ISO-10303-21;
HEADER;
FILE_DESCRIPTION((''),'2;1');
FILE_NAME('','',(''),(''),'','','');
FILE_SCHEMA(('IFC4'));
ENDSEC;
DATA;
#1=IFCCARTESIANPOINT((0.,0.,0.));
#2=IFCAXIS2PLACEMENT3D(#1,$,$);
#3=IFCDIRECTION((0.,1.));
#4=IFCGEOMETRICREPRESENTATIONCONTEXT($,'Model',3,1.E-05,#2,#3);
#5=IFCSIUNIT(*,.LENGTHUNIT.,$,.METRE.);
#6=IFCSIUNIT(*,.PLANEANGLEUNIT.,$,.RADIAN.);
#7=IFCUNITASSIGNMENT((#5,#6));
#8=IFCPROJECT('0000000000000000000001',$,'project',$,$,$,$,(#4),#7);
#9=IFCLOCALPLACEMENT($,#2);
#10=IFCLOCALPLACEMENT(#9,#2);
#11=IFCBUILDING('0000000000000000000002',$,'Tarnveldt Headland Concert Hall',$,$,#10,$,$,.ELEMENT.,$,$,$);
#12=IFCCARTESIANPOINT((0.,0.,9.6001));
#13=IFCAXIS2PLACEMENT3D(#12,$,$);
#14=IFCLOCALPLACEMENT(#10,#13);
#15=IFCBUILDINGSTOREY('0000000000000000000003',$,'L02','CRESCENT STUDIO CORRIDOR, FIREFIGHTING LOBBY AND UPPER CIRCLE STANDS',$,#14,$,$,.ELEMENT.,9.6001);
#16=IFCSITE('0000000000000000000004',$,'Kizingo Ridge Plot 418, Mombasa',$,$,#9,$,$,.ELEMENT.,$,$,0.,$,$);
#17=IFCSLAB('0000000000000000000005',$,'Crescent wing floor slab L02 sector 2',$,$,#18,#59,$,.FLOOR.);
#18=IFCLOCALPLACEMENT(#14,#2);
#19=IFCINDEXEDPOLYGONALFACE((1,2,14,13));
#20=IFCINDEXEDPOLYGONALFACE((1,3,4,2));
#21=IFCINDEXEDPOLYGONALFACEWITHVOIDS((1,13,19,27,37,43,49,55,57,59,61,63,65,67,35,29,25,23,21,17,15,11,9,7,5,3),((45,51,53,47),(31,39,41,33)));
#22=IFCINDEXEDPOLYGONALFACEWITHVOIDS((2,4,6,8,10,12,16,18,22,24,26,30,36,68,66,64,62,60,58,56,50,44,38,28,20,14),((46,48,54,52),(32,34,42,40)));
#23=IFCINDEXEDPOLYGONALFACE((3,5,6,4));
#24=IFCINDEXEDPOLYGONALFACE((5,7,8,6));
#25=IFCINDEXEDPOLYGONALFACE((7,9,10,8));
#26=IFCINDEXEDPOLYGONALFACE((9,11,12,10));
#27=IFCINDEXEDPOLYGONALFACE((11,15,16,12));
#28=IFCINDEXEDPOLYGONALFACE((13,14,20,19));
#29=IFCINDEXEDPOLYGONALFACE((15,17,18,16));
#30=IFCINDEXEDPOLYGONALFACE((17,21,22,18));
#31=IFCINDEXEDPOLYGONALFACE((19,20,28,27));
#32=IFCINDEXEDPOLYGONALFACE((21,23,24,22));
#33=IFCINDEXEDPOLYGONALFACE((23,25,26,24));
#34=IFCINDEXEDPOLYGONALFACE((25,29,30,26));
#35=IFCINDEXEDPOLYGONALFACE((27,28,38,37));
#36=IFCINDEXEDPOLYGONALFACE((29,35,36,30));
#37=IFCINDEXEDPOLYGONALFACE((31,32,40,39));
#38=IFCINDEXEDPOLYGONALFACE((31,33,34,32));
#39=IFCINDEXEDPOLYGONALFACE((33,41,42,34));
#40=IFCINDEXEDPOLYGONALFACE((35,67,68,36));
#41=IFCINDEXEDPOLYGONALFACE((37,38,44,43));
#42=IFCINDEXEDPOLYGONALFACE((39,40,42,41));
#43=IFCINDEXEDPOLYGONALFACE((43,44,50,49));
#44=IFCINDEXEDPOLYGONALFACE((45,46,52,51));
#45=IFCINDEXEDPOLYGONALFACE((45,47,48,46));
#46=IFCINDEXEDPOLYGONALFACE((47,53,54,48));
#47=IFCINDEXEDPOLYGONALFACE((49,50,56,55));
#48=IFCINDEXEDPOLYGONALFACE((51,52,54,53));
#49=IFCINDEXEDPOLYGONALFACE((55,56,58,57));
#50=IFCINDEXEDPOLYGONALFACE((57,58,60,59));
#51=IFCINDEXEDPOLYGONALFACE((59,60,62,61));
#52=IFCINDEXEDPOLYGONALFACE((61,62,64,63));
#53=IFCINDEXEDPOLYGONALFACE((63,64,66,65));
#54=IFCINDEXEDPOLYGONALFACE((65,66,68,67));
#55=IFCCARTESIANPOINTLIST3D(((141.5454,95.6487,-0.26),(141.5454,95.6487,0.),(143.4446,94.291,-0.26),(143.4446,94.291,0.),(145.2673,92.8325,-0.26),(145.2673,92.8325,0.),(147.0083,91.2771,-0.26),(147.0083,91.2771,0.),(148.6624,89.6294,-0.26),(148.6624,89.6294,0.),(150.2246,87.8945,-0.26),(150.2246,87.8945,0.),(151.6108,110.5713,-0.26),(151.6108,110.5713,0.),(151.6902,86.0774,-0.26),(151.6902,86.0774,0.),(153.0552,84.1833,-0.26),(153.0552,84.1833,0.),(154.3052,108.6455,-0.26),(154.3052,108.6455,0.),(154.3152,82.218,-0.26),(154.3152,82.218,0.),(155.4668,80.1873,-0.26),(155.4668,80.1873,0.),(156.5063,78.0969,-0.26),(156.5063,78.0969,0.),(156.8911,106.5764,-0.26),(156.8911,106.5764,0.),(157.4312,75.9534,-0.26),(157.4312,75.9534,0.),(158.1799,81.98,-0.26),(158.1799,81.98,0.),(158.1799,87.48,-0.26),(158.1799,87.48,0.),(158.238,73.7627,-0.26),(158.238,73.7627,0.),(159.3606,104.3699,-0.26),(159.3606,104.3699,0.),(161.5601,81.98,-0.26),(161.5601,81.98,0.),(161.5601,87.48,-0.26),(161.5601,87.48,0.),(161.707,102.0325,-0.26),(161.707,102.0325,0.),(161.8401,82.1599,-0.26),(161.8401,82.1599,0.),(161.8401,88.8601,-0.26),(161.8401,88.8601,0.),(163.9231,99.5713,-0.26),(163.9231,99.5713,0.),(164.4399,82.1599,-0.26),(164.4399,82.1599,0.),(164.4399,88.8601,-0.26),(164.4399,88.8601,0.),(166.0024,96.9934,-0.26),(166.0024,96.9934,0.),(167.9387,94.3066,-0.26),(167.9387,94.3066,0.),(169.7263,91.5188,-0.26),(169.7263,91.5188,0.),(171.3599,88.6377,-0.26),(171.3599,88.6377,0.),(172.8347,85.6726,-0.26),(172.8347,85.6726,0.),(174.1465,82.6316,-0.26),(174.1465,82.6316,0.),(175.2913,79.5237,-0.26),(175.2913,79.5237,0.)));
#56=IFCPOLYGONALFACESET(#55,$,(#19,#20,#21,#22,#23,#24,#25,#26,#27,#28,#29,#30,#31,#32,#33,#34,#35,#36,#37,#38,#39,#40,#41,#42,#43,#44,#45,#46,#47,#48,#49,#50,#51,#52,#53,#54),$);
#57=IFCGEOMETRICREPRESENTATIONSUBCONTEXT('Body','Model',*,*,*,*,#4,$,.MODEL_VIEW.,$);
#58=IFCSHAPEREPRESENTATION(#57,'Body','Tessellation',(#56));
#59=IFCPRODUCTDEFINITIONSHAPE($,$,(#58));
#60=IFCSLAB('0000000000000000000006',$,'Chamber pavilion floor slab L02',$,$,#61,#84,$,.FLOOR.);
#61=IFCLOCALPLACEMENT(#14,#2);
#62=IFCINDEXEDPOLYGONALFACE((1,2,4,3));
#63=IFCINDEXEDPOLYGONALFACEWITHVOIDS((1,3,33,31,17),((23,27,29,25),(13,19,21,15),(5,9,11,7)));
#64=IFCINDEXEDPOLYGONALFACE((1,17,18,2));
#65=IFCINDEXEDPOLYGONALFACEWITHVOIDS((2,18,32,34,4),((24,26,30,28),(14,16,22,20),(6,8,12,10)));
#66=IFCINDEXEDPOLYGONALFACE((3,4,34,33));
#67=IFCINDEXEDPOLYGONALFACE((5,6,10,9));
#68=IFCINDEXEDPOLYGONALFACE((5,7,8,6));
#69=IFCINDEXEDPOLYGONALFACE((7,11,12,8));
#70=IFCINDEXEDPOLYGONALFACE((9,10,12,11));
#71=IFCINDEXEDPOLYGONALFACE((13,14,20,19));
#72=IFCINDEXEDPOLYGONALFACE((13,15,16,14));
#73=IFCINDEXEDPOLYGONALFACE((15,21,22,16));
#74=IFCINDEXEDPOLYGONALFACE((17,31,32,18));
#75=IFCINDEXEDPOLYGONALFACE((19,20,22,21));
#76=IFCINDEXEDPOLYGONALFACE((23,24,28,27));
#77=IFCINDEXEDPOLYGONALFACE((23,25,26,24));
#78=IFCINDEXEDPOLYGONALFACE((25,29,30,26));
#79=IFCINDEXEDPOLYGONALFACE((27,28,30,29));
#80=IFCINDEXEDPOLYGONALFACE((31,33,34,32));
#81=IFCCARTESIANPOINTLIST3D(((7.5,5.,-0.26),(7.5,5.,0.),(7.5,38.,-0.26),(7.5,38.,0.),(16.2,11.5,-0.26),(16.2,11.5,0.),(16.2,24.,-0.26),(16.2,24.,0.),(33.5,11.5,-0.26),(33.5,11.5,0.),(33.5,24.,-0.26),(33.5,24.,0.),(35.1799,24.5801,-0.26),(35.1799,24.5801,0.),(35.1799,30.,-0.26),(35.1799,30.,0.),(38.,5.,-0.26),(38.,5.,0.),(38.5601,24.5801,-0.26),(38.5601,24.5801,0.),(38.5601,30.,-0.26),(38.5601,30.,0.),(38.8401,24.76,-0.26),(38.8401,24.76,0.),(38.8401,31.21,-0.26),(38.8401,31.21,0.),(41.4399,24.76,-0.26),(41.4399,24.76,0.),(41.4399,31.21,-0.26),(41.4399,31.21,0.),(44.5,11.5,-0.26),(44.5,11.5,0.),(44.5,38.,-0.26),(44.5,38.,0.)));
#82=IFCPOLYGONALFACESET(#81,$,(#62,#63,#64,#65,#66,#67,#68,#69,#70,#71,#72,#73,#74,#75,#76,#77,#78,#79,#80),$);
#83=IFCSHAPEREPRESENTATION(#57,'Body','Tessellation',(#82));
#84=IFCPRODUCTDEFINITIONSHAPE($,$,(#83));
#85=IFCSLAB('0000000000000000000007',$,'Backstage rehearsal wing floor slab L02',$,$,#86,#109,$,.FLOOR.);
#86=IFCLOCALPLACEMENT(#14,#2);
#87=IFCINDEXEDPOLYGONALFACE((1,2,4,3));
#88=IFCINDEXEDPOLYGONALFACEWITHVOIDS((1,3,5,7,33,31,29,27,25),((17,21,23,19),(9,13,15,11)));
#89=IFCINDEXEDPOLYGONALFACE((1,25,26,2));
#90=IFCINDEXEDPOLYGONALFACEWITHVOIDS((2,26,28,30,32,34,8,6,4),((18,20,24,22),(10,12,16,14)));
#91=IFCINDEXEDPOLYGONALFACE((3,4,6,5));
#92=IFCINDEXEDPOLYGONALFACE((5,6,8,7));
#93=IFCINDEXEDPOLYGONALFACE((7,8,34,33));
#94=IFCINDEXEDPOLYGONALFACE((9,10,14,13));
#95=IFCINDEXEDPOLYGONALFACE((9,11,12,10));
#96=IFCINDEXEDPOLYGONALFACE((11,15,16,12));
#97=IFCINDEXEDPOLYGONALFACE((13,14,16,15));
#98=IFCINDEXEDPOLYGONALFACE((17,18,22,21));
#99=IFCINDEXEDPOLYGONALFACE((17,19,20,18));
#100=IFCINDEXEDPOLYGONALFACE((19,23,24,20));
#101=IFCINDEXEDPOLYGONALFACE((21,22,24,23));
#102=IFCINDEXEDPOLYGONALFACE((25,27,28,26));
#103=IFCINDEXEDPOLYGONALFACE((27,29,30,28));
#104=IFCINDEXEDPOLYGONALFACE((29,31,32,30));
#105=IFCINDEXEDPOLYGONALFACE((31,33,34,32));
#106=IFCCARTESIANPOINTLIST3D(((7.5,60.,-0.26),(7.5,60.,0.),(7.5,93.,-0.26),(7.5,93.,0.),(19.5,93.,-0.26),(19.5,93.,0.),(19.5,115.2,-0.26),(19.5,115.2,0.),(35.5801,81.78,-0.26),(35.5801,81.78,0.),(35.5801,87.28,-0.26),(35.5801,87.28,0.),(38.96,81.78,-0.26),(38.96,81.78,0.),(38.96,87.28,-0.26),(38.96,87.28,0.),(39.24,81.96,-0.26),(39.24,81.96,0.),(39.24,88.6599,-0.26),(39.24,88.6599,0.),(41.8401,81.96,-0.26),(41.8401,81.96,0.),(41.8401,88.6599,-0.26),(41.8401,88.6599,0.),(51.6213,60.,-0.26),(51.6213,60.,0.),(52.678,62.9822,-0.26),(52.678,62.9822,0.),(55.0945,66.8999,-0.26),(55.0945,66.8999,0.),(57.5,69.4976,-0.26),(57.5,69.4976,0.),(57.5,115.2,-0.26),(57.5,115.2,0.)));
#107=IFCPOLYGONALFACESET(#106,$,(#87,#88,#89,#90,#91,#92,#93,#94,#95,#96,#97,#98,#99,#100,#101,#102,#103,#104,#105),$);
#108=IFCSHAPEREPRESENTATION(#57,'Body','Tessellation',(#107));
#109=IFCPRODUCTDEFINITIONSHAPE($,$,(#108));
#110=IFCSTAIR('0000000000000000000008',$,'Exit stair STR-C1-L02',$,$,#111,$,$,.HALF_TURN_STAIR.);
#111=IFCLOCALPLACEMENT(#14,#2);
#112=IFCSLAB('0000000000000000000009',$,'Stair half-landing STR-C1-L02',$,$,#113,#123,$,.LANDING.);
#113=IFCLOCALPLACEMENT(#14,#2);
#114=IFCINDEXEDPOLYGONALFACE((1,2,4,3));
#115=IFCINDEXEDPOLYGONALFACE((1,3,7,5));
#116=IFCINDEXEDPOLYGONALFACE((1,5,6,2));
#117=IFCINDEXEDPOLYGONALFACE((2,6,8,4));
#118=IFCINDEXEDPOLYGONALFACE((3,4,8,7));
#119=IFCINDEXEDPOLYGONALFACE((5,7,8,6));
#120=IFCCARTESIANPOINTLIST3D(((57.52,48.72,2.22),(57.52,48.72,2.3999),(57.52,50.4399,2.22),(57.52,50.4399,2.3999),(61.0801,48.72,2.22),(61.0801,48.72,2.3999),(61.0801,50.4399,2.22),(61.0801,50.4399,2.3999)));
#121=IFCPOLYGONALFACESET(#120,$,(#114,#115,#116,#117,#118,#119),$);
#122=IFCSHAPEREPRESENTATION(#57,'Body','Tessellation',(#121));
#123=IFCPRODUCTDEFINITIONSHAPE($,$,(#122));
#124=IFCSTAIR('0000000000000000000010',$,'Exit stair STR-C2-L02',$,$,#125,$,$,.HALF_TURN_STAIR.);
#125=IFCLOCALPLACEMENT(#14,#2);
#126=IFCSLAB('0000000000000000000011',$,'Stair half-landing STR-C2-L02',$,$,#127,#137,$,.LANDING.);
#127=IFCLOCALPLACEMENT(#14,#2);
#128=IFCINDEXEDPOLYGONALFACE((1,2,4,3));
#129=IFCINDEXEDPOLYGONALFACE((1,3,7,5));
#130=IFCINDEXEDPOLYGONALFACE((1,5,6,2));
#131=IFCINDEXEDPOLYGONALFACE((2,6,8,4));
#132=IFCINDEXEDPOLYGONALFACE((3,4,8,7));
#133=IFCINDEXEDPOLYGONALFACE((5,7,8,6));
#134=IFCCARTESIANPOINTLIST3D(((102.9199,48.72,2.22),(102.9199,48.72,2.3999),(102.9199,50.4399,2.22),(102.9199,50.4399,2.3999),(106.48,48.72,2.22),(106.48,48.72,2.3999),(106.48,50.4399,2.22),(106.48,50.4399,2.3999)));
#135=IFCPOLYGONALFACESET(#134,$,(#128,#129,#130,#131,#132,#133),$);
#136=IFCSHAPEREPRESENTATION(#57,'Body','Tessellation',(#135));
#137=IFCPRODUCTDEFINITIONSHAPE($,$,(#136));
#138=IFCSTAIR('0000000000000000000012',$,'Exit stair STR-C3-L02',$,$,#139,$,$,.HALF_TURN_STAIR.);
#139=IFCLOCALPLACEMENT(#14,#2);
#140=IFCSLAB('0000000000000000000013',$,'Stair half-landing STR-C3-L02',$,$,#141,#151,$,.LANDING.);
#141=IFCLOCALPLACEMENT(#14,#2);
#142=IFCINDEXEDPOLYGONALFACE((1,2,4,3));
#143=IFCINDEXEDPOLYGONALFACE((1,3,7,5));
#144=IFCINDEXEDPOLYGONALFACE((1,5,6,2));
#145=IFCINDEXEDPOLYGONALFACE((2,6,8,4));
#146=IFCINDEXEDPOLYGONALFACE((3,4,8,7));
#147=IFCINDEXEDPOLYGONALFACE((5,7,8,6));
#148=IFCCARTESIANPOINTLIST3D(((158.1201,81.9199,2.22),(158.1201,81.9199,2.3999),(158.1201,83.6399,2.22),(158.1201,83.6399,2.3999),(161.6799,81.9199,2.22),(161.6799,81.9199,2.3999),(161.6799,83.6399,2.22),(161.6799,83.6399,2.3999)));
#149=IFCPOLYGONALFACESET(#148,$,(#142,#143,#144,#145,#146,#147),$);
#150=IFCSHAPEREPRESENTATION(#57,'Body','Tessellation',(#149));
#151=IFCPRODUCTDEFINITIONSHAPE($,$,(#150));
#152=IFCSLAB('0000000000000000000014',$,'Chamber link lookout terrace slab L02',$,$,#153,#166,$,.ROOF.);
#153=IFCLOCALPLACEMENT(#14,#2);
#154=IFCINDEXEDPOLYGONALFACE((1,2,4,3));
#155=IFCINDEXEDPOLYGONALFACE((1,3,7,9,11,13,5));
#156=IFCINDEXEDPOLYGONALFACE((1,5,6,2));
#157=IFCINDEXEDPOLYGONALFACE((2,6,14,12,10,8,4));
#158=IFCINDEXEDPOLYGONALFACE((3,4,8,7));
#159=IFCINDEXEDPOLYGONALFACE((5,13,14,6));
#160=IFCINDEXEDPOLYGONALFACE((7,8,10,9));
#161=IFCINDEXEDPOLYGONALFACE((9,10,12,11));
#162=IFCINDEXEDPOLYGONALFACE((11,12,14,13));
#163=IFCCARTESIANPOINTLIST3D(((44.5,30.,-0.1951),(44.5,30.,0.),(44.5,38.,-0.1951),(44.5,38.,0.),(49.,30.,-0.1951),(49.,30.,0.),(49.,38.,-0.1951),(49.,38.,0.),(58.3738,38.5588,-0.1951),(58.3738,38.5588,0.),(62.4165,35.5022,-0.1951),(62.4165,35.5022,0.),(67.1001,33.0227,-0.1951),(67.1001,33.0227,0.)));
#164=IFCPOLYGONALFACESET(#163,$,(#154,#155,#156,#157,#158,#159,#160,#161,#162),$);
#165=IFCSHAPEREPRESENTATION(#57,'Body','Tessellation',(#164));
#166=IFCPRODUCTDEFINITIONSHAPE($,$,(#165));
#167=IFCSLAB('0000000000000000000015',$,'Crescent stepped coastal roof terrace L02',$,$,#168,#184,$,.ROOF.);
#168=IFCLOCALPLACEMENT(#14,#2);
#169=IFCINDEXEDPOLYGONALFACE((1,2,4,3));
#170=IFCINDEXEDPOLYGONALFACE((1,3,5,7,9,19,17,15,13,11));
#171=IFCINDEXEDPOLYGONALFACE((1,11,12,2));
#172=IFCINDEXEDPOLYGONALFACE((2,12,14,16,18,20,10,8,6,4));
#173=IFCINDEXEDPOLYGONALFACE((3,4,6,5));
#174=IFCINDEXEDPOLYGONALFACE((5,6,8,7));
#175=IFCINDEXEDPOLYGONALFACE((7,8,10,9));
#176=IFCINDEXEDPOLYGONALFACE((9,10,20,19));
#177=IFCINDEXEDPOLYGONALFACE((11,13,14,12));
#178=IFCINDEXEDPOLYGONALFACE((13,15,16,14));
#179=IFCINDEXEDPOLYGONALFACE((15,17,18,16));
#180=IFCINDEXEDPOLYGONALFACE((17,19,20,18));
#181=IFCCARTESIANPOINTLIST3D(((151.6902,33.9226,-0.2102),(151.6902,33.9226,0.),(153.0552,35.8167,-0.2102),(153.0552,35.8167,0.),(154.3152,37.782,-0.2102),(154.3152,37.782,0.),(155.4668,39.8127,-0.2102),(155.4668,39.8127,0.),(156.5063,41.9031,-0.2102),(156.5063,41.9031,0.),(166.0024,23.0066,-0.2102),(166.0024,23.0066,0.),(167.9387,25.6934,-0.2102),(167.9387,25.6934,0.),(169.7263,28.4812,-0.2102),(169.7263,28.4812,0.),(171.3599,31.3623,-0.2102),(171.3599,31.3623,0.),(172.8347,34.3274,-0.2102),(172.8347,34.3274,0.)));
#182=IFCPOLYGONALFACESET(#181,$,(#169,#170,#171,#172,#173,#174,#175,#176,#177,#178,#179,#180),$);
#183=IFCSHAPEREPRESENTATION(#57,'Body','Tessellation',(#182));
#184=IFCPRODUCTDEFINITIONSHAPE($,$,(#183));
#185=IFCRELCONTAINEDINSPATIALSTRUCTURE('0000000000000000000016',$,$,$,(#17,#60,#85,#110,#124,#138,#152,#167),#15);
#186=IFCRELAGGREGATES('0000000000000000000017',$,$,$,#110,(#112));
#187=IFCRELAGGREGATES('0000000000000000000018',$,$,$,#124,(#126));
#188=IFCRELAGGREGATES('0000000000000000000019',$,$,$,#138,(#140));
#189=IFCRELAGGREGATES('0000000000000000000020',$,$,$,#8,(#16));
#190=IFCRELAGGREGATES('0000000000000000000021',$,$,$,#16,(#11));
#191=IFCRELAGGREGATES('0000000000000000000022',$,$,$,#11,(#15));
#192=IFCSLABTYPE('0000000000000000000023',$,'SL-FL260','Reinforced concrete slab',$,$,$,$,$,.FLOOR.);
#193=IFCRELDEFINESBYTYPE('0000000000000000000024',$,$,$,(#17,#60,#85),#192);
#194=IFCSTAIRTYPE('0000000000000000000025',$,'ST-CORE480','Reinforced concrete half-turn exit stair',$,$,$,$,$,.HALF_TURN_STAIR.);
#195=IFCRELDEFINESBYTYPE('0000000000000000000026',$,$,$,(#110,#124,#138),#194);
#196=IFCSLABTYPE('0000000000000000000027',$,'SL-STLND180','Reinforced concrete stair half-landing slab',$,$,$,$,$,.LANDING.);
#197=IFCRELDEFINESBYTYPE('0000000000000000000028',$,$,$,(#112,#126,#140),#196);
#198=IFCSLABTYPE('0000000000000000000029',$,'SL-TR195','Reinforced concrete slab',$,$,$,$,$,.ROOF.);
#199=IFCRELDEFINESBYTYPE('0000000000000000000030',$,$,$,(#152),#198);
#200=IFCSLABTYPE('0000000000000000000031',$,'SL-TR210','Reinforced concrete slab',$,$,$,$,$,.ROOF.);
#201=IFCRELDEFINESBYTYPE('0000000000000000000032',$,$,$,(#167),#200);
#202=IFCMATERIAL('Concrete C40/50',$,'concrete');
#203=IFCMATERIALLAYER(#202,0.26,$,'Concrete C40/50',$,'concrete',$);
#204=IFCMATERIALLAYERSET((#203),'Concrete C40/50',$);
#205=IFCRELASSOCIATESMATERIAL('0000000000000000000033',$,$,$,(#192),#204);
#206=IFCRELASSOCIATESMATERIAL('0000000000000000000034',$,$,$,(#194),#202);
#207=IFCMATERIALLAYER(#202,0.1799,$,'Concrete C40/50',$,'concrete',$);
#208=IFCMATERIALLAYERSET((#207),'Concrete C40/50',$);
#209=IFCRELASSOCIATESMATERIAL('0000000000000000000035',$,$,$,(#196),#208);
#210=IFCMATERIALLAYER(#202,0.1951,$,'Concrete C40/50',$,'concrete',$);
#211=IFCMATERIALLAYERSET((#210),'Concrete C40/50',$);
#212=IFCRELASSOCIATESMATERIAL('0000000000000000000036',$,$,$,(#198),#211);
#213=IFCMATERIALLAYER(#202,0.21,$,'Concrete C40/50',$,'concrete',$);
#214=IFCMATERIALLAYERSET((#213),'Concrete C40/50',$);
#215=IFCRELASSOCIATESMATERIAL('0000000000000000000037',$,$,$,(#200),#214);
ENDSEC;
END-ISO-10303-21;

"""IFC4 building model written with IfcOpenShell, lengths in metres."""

from ifc_helpers import new_model, si_unit, direction, frame, origin, place, context, subcontext, project, spatial, polyline, outline, extrude, material, layer, layer_set, type_object, element, aggregate, save


model = new_model("IFC4")

# Units and contexts
model_context = context("Model", 3, precision=1e-05, world=origin(), true_north=direction((0.0, 1.0)))
body_context = subcontext(model_context, "Body", "Model", "MODEL_VIEW")
ifc_project = project(units=[si_unit("LENGTHUNIT", "METRE"), si_unit("PLANEANGLEUNIT", "RADIAN")], contexts=[model_context])

# Site, building, storey
site_placement = place(None, origin())
site = spatial("IfcSite", under=ifc_project, at=site_placement, Name="Kizingo Ridge Plot 418, Mombasa", CompositionType="ELEMENT", RefElevation=0.0)
building_placement = place(site_placement, origin())
building = spatial("IfcBuilding", under=site, at=building_placement, Name="Tarnveldt Headland Concert Hall", CompositionType="ELEMENT")
storey_placement = place(building_placement, frame((0.0, 0.0, 9.6001)))
storey = spatial("IfcBuildingStorey", under=building, at=storey_placement, Name="L02", Description="CRESCENT STUDIO CORRIDOR, FIREFIGHTING LOBBY AND UPPER CIRCLE STANDS", CompositionType="ELEMENT", Elevation=9.6001)

# Slabs
ifc_material_1 = material(Name="Concrete C40/50", Category="concrete")
ifc_layer_1 = layer(ifc_material_1, 0.26, Name="Concrete C40/50", Category="concrete")
ifc_layer_set_1 = layer_set([ifc_layer_1], Name="Concrete C40/50")
slab_type_1 = type_object("IfcSlabType", Name="SL-FL260", Description="Reinforced concrete slab", PredefinedType="FLOOR", material=ifc_layer_set_1)
slab_1_placement = place(storey_placement, frame((0.0, 0.0, -0.26)))
element("IfcSlab", 1, at=slab_1_placement, inside=storey, type_object=slab_type_1, Name="Crescent wing floor slab L02 sector 2", PredefinedType="FLOOR", context=body_context, shape_type="SweptSolid", body=[
    extrude(outline(polyline([(157.4312, 75.9534), (158.238, 73.7627), (175.2913, 79.5237), (174.1465, 82.6316), (172.8347, 85.6726), (171.3599, 88.6377), (169.7263, 91.5188), (167.9387, 94.3066), (166.0024, 96.9934), (163.9231, 99.5713), (161.707, 102.0325), (159.3606, 104.3699), (156.8911, 106.5764), (154.3052, 108.6455), (151.6108, 110.5713), (141.5454, 95.6487), (143.4446, 94.291), (145.2673, 92.8325), (147.0083, 91.2771), (148.6624, 89.6294), (150.2246, 87.8945), (151.6902, 86.0774), (153.0552, 84.1833), (154.3152, 82.218), (155.4668, 80.1873), (156.5063, 78.0969), (157.4312, 75.9534)]), holes=[polyline([(158.1799, 87.48), (161.5601, 87.48), (161.5601, 81.98), (158.1799, 81.98), (158.1799, 87.48)]), polyline([(164.4399, 88.8601), (164.4399, 82.1599), (161.8401, 82.1599), (161.8401, 88.8601), (164.4399, 88.8601)])]), origin(), (0.0, 0.0, 1.0), 0.26),
])
slab_2_placement = place(storey_placement, frame((0.0, 0.0, -0.26)))
element("IfcSlab", 2, at=slab_2_placement, inside=storey, type_object=slab_type_1, Name="Chamber pavilion floor slab L02", PredefinedType="FLOOR", context=body_context, shape_type="SweptSolid", body=[
    extrude(outline(polyline([(44.5, 11.5), (44.5, 38.0), (7.5, 38.0), (7.5, 5.0), (38.0, 5.0), (44.5, 11.5)]), holes=[polyline([(16.2, 11.5), (16.2, 24.0), (33.5, 24.0), (33.5, 11.5), (16.2, 11.5)]), polyline([(35.1799, 30.0), (38.5601, 30.0), (38.5601, 24.5801), (35.1799, 24.5801), (35.1799, 30.0)]), polyline([(41.4399, 31.21), (41.4399, 24.76), (38.8401, 24.76), (38.8401, 31.21), (41.4399, 31.21)])]), origin(), (0.0, 0.0, 1.0), 0.26),
])
slab_3_placement = place(storey_placement, frame((0.0, 0.0, -0.26)))
element("IfcSlab", 3, at=slab_3_placement, inside=storey, type_object=slab_type_1, Name="Backstage rehearsal wing floor slab L02", PredefinedType="FLOOR", context=body_context, shape_type="SweptSolid", body=[
    extrude(outline(polyline([(19.5, 93.0), (7.5, 93.0), (7.5, 60.0), (51.6213, 60.0), (52.678, 62.9822), (55.0945, 66.8999), (57.5, 69.4976), (57.5, 115.2), (19.5, 115.2), (19.5, 93.0)]), holes=[polyline([(35.5801, 87.28), (38.96, 87.28), (38.96, 81.78), (35.5801, 81.78), (35.5801, 87.28)]), polyline([(41.8401, 88.6599), (41.8401, 81.96), (39.24, 81.96), (39.24, 88.6599), (41.8401, 88.6599)])]), origin(), (0.0, 0.0, 1.0), 0.26),
])

# Stairs, slabs
stair_type = type_object("IfcStairType", Name="ST-CORE480", Description="Reinforced concrete half-turn exit stair", PredefinedType="HALF_TURN_STAIR", material=ifc_material_1)
stair_1_placement = place(storey_placement, origin())
stair_1 = element("IfcStair", 4, at=stair_1_placement, inside=storey, type_object=stair_type, Name="Exit stair STR-C1-L02", PredefinedType="HALF_TURN_STAIR")
ifc_layer_2 = layer(ifc_material_1, 0.1799, Name="Concrete C40/50", Category="concrete")
ifc_layer_set_2 = layer_set([ifc_layer_2], Name="Concrete C40/50")
slab_type_2 = type_object("IfcSlabType", Name="SL-STLND180", Description="Reinforced concrete stair half-landing slab", PredefinedType="LANDING", material=ifc_layer_set_2)
slab_4_placement = place(storey_placement, frame((0.0, 0.0, 2.22)))
slab_4 = element("IfcSlab", 5, at=slab_4_placement, type_object=slab_type_2, Name="Stair half-landing STR-C1-L02", PredefinedType="LANDING", context=body_context, shape_type="SweptSolid", body=[
    extrude(outline(polyline([(57.52, 48.72), (61.0801, 48.72), (61.0801, 50.4399), (57.52, 50.4399), (57.52, 48.72)])), origin(), (0.0, 0.0, 1.0), 0.1799),
])
aggregate(stair_1, [slab_4])
stair_2_placement = place(storey_placement, origin())
stair_2 = element("IfcStair", 6, at=stair_2_placement, inside=storey, type_object=stair_type, Name="Exit stair STR-C2-L02", PredefinedType="HALF_TURN_STAIR")
slab_5_placement = place(storey_placement, frame((0.0, 0.0, 2.22)))
slab_5 = element("IfcSlab", 7, at=slab_5_placement, type_object=slab_type_2, Name="Stair half-landing STR-C2-L02", PredefinedType="LANDING", context=body_context, shape_type="SweptSolid", body=[
    extrude(outline(polyline([(102.9199, 48.72), (106.48, 48.72), (106.48, 50.4399), (102.9199, 50.4399), (102.9199, 48.72)])), origin(), (0.0, 0.0, 1.0), 0.1799),
])
aggregate(stair_2, [slab_5])
stair_3_placement = place(storey_placement, origin())
stair_3 = element("IfcStair", 8, at=stair_3_placement, inside=storey, type_object=stair_type, Name="Exit stair STR-C3-L02", PredefinedType="HALF_TURN_STAIR")
slab_6_placement = place(storey_placement, frame((0.0, 0.0, 2.22)))
slab_6 = element("IfcSlab", 9, at=slab_6_placement, type_object=slab_type_2, Name="Stair half-landing STR-C3-L02", PredefinedType="LANDING", context=body_context, shape_type="SweptSolid", body=[
    extrude(outline(polyline([(158.1201, 81.9199), (161.6799, 81.9199), (161.6799, 83.6399), (158.1201, 83.6399), (158.1201, 81.9199)])), origin(), (0.0, 0.0, 1.0), 0.1799),
])
aggregate(stair_3, [slab_6])

# Slabs
ifc_layer_3 = layer(ifc_material_1, 0.1951, Name="Concrete C40/50", Category="concrete")
ifc_layer_set_3 = layer_set([ifc_layer_3], Name="Concrete C40/50")
slab_type_3 = type_object("IfcSlabType", Name="SL-TR195", Description="Reinforced concrete slab", PredefinedType="ROOF", material=ifc_layer_set_3)
slab_7_placement = place(storey_placement, frame((0.0, 0.0, -0.1951)))
element("IfcSlab", 10, at=slab_7_placement, inside=storey, type_object=slab_type_3, Name="Chamber link lookout terrace slab L02", PredefinedType="ROOF", context=body_context, shape_type="SweptSolid", body=[
    extrude(outline(polyline([(44.5, 30.0), (49.0, 30.0), (67.1001, 33.0227), (62.4165, 35.5022), (58.3738, 38.5588), (49.0, 38.0), (44.5, 38.0), (44.5, 30.0)])), origin(), (0.0, 0.0, 1.0), 0.1951),
])
ifc_layer_4 = layer(ifc_material_1, 0.21, Name="Concrete C40/50", Category="concrete")
ifc_layer_set_4 = layer_set([ifc_layer_4], Name="Concrete C40/50")
slab_type_4 = type_object("IfcSlabType", Name="SL-TR210", Description="Reinforced concrete slab", PredefinedType="ROOF", material=ifc_layer_set_4)
slab_8_placement = place(storey_placement, frame((0.0, 0.0, -0.2102)))
element("IfcSlab", 11, at=slab_8_placement, inside=storey, type_object=slab_type_4, Name="Crescent stepped coastal roof terrace L02", PredefinedType="ROOF", context=body_context, shape_type="SweptSolid", body=[
    extrude(outline(polyline([(166.0024, 23.0066), (167.9387, 25.6934), (169.7263, 28.4812), (171.3599, 31.3623), (172.8347, 34.3274), (156.5063, 41.9031), (155.4668, 39.8127), (154.3152, 37.782), (153.0552, 35.8167), (151.6902, 33.9226), (166.0024, 23.0066)])), origin(), (0.0, 0.0, 1.0), 0.2102),
])

save(model, "model.ifc")
